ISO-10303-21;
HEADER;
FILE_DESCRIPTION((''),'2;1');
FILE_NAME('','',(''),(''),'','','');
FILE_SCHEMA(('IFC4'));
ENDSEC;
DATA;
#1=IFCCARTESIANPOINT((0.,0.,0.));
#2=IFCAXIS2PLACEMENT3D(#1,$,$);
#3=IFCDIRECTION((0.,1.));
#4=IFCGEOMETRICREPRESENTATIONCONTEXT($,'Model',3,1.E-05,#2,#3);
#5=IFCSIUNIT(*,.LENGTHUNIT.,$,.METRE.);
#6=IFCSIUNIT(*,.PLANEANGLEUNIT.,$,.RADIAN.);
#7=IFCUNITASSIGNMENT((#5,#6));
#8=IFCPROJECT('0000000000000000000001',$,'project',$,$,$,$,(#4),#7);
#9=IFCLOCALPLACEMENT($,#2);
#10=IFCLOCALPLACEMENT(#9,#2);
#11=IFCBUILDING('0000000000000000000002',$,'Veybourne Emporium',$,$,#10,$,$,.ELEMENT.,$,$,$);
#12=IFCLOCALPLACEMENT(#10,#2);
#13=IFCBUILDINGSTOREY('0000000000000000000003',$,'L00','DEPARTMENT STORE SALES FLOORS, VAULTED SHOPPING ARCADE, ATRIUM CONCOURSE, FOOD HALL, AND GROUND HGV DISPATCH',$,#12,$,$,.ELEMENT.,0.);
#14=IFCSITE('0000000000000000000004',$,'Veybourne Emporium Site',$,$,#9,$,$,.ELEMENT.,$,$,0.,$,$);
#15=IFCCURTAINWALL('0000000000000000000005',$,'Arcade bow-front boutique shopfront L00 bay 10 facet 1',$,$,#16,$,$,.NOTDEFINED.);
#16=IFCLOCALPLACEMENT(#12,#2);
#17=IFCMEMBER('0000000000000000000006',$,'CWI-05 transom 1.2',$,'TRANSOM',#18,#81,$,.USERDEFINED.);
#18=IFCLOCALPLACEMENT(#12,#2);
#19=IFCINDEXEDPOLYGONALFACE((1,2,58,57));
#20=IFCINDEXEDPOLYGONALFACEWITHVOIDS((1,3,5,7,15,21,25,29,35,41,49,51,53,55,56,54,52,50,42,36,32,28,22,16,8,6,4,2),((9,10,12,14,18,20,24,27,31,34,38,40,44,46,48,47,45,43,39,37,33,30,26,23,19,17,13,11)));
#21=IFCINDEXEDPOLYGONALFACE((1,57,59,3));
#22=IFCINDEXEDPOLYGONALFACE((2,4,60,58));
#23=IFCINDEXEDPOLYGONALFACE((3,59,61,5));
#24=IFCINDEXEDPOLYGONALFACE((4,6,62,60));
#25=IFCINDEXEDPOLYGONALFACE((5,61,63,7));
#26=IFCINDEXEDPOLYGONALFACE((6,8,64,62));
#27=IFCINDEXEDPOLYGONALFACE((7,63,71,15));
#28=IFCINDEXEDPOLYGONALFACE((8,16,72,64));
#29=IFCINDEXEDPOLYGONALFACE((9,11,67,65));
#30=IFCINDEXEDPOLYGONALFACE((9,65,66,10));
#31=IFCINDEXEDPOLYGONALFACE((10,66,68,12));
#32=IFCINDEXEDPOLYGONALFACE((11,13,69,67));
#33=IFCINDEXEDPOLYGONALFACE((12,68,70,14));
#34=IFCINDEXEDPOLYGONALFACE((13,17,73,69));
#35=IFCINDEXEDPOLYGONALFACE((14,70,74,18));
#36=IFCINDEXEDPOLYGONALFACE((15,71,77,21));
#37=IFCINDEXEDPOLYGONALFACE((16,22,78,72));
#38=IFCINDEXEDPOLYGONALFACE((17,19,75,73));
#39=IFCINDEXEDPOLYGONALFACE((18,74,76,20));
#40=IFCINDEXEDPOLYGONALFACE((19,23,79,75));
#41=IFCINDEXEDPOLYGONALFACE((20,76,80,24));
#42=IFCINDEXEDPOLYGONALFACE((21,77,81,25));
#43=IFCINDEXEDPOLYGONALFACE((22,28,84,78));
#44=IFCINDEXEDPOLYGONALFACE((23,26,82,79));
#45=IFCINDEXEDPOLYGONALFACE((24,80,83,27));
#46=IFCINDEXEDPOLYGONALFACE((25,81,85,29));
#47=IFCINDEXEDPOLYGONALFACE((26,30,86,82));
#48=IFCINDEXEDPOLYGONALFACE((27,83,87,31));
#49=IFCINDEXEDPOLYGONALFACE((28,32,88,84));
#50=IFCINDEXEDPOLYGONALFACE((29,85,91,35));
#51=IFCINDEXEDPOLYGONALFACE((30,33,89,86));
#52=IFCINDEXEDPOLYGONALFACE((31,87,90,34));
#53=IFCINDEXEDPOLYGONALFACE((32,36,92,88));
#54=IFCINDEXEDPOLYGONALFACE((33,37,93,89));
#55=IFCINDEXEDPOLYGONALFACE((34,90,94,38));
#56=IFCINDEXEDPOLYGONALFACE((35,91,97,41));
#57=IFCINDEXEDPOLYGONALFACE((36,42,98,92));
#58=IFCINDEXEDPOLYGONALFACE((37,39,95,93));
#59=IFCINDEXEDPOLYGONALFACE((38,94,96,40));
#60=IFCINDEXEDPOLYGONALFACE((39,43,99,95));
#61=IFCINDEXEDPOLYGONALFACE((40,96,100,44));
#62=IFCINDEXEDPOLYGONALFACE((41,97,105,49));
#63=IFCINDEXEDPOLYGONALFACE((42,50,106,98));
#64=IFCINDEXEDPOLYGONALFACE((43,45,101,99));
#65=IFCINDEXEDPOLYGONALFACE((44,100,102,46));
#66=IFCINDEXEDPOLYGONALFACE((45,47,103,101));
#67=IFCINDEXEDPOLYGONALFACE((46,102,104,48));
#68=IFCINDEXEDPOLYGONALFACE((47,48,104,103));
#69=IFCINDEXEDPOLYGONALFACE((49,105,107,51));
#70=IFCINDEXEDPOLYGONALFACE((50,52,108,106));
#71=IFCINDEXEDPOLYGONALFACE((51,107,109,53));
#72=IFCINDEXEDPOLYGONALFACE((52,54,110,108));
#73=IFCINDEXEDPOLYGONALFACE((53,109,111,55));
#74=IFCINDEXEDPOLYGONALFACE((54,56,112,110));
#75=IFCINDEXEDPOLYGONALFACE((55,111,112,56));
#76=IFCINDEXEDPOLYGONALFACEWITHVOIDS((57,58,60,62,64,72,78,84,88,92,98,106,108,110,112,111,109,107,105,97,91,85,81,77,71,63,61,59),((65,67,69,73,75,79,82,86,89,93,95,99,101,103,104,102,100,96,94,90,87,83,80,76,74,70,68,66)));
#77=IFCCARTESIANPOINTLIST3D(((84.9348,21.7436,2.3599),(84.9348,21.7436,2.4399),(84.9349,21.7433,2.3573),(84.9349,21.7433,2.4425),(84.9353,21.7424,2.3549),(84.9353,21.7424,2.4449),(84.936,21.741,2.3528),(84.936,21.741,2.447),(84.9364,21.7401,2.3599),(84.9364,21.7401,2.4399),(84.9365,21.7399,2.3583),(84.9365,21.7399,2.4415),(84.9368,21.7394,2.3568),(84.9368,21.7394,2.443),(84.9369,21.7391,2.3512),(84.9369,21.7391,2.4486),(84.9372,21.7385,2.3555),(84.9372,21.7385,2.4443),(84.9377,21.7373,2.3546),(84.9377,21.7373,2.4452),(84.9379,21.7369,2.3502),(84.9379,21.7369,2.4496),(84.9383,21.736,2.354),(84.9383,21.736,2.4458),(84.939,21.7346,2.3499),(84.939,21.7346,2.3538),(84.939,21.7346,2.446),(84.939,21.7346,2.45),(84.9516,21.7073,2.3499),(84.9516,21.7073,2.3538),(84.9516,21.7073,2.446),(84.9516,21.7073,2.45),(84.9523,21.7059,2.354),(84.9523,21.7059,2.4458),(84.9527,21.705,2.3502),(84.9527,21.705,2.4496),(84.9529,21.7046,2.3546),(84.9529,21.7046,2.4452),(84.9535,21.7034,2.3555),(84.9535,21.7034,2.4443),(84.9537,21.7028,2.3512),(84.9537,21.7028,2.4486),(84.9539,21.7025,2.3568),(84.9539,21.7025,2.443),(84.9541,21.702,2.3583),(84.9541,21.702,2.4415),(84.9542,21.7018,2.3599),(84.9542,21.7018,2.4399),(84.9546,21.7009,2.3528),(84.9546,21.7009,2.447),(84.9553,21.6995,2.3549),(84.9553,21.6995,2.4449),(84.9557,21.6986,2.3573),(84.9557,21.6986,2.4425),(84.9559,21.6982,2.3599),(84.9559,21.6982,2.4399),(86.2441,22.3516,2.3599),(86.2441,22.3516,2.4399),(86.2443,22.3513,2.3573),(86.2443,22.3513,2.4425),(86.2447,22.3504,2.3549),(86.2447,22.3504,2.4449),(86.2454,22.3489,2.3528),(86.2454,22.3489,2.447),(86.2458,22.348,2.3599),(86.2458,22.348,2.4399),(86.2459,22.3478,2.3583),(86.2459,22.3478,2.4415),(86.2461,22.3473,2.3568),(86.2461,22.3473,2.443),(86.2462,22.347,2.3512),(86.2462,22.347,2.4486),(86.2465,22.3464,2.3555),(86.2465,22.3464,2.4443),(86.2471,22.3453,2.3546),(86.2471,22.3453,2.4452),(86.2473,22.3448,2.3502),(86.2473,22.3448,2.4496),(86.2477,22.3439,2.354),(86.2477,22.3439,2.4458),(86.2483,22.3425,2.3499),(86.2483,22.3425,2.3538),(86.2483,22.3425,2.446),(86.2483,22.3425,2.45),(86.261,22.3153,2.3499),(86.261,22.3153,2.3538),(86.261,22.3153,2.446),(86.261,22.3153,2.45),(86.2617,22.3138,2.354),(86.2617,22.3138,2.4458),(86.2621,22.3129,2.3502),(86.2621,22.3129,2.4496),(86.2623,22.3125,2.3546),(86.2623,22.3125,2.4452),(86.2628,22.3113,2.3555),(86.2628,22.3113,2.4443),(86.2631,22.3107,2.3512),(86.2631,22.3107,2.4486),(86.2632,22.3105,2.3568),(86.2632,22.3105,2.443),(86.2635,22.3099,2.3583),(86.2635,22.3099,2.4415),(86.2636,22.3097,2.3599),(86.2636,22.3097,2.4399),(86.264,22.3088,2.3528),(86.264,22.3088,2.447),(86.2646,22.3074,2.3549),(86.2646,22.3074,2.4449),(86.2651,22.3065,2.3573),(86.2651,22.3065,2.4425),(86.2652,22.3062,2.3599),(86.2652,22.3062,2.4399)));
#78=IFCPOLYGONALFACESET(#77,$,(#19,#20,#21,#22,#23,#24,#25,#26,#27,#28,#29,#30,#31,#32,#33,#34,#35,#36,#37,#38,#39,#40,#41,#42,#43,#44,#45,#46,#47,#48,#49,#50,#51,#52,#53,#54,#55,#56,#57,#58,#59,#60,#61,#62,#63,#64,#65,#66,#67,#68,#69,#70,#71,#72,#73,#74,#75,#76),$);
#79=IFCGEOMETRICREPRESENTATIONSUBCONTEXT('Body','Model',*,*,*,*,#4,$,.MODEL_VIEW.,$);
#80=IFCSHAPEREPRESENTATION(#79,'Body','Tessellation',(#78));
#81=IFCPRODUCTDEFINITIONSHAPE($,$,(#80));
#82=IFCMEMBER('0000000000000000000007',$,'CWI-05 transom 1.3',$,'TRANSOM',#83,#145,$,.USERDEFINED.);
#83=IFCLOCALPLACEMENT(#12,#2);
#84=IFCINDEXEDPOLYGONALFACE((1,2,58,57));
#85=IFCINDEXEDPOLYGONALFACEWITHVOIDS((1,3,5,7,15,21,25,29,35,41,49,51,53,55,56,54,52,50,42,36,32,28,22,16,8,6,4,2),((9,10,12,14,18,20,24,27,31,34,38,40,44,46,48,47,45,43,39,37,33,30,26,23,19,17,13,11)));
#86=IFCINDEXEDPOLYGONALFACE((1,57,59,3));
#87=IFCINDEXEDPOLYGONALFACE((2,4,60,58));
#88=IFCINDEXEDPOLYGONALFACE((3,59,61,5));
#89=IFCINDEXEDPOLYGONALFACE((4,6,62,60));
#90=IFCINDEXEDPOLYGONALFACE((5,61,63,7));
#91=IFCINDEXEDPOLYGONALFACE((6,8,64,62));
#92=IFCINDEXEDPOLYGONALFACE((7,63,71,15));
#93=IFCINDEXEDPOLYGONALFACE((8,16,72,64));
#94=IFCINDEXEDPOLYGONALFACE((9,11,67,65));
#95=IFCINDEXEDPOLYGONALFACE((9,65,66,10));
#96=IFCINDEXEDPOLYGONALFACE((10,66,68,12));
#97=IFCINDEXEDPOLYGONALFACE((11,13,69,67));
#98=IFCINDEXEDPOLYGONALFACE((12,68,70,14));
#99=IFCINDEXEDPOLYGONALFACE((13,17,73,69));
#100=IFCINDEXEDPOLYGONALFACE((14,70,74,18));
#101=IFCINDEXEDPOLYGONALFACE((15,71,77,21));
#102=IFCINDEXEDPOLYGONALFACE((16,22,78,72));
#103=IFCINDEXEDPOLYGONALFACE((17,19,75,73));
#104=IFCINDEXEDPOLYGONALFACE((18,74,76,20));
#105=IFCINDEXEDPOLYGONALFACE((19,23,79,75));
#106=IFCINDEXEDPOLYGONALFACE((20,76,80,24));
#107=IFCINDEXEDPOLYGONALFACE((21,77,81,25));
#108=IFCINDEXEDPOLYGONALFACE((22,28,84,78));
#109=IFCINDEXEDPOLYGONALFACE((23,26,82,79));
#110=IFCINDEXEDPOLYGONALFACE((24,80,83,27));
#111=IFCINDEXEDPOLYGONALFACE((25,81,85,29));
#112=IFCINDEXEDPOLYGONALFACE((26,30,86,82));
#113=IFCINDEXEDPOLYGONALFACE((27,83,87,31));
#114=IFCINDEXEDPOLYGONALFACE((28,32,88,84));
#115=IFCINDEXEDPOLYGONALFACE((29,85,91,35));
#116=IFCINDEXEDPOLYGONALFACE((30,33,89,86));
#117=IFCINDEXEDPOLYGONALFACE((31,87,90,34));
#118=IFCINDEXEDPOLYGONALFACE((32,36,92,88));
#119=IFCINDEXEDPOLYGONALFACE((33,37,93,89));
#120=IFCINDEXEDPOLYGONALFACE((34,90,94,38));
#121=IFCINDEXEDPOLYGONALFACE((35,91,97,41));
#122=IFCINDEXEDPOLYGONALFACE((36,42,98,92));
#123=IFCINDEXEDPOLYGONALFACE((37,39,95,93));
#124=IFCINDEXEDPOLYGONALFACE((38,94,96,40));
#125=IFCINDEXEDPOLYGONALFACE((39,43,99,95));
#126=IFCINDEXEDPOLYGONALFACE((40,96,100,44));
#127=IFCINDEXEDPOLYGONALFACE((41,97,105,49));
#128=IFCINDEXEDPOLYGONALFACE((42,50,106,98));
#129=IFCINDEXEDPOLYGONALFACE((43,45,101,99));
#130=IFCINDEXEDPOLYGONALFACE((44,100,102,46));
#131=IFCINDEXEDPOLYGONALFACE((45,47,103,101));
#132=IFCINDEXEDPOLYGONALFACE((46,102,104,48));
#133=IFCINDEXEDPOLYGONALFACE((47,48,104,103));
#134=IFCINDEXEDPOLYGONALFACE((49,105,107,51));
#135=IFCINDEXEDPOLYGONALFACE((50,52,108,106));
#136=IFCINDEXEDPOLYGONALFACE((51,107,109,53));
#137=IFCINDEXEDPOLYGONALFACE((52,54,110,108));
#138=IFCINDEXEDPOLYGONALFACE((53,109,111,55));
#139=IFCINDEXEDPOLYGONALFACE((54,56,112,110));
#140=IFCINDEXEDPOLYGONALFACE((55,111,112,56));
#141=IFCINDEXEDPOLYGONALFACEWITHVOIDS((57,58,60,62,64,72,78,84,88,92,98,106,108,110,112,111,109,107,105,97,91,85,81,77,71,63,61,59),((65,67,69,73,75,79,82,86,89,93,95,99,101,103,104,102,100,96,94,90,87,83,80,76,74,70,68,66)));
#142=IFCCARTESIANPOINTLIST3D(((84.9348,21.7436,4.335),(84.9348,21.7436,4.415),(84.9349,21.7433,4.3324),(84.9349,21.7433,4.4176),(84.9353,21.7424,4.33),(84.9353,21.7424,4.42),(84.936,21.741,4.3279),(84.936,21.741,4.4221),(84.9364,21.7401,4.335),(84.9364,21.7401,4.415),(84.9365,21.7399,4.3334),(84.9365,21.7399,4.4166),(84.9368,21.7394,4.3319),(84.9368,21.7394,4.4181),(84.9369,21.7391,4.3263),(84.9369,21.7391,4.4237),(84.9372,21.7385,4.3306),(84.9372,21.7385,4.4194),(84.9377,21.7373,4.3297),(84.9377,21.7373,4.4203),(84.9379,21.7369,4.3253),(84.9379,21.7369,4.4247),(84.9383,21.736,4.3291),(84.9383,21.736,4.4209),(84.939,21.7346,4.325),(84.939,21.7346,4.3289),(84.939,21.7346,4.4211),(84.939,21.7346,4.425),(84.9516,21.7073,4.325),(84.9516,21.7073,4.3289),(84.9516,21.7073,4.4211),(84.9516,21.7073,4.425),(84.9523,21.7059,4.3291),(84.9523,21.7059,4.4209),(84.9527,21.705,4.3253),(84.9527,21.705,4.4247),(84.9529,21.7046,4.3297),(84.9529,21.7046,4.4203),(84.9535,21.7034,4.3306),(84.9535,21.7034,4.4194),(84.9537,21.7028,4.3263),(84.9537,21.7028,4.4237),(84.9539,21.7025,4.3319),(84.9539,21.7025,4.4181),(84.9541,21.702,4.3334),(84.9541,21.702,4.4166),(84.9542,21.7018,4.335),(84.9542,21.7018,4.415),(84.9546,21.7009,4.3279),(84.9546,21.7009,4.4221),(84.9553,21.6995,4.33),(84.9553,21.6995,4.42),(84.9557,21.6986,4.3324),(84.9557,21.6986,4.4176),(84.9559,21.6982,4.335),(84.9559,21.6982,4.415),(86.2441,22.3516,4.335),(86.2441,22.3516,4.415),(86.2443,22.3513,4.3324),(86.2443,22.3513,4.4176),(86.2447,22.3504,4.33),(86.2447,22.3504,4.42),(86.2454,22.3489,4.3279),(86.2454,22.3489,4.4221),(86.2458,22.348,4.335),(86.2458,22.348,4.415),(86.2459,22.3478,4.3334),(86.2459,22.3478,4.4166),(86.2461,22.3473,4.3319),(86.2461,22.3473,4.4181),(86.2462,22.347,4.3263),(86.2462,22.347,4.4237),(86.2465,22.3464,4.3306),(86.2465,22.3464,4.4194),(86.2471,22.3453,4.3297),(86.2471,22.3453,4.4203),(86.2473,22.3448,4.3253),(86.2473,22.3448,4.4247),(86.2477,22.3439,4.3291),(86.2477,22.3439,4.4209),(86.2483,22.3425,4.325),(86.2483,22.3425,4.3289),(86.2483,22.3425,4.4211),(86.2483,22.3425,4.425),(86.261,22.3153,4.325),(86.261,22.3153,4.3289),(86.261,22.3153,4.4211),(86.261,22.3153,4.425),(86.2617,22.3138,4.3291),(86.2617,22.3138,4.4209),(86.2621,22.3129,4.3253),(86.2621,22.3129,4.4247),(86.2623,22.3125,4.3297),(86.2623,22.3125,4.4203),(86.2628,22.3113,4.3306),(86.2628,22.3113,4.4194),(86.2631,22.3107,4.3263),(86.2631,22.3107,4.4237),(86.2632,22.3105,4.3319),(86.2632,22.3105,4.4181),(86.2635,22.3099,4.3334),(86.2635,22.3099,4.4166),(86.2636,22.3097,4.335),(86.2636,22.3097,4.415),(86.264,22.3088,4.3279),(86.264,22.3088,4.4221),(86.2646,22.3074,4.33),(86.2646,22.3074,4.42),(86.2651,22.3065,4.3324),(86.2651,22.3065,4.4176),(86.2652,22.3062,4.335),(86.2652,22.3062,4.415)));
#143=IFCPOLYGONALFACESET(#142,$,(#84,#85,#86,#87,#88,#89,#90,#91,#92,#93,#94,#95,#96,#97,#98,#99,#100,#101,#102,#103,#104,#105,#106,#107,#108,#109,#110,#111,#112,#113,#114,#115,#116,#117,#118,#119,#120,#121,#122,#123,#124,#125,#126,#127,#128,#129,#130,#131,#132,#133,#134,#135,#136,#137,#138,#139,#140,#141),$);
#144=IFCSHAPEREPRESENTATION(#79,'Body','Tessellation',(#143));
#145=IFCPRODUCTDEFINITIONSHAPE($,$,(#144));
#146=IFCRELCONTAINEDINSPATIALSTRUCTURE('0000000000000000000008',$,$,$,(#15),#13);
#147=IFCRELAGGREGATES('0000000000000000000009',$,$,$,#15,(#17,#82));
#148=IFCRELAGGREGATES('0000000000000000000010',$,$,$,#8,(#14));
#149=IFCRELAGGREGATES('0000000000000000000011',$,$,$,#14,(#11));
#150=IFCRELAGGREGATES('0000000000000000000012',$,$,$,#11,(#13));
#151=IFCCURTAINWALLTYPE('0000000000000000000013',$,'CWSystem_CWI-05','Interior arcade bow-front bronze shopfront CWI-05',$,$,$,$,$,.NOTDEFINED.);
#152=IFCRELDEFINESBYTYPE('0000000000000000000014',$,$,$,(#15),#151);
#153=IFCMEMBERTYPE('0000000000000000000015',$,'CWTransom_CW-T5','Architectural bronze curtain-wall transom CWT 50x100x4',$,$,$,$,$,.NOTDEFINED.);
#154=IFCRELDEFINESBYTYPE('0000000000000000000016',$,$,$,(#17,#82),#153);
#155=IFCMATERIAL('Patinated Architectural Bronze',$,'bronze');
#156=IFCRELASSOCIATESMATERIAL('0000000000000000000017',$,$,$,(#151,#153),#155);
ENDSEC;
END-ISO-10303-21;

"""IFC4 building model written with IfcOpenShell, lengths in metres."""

from ifc_helpers import new_model, si_unit, direction, frame, origin, origin_2d, place, context, subcontext, project, spatial, hollow_rectangle, extrude, material, material_profile, profile_set, type_object, element, aggregate, save


model = new_model("IFC4")

# Units and contexts
model_context = context("Model", 3, precision=1e-05, world=origin(), true_north=direction((0.0, 1.0)))
body_context = subcontext(model_context, "Body", "Model", "MODEL_VIEW")
ifc_project = project(units=[si_unit("LENGTHUNIT", "METRE"), si_unit("PLANEANGLEUNIT", "RADIAN")], contexts=[model_context])

# Site, building, storey
site_placement = place(None, origin())
site = spatial("IfcSite", under=ifc_project, at=site_placement, Name="Veybourne Emporium Site", CompositionType="ELEMENT", RefElevation=0.0)
building_placement = place(site_placement, origin())
building = spatial("IfcBuilding", under=site, at=building_placement, Name="Veybourne Emporium", CompositionType="ELEMENT")
storey_placement = place(building_placement, origin())
storey = spatial("IfcBuildingStorey", under=building, at=storey_placement, Name="L00", Description="DEPARTMENT STORE SALES FLOORS, VAULTED SHOPPING ARCADE, ATRIUM CONCOURSE, FOOD HALL, AND GROUND HGV DISPATCH", CompositionType="ELEMENT", Elevation=0.0)

# Shared definitions
ifc_material_1 = material(Name="Patinated Architectural Bronze", Category="bronze")
curtain_wall_type_1 = type_object("IfcCurtainWallType", Name="CWSystem_CWI-05", Description="Interior arcade bow-front bronze shopfront CWI-05", PredefinedType="NOTDEFINED", material=ifc_material_1)

# Curtain wall
curtain_wall_1_placement = place(storey_placement, origin())
curtain_wall_1 = element("IfcCurtainWall", 1, at=curtain_wall_1_placement, inside=storey, type_object=curtain_wall_type_1, Name="Arcade bow-front boutique shopfront L00 bay 10 facet 1", PredefinedType="NOTDEFINED")

# Members
ifc_material_profile_1 = material_profile(ifc_material_1, hollow_rectangle(XDim=0.05, YDim=0.1001, WallThickness=0.0039, InnerFilletRadius=0.0061, OuterFilletRadius=0.01, at=origin_2d()), Name="CWT 50x100x4")
ifc_profile_set_1 = profile_set([ifc_material_profile_1], Name="Patinated Architectural Bronze")
member_type_1 = type_object("IfcMemberType", Name="CWTransom_CW-T5", Description="Architectural bronze curtain-wall transom CWT 50x100x4", PredefinedType="NOTDEFINED", material=ifc_profile_set_1)
member_1_placement = place(storey_placement, frame((84.9453, 21.7209, 2.3999), z_axis=(0.907007, 0.421116, 0.0), x_axis=(-0.421116, 0.907007, 0.0)))
member_1 = element("IfcMember", 2, at=member_1_placement, type_object=member_type_1, Name="CWI-05 transom 1.2", ObjectType="TRANSOM", PredefinedType="USERDEFINED", context=body_context, shape_type="SweptSolid", body=[
    extrude(hollow_rectangle(XDim=0.05, YDim=0.1001, WallThickness=0.0039, InnerFilletRadius=0.0061, OuterFilletRadius=0.01, at=origin_2d()), origin(), (0.0, 0.0, 1.0), 1.4436),
])
member_2_placement = place(storey_placement, frame((84.9453, 21.7209, 4.375), z_axis=(0.907007, 0.421116, 0.0), x_axis=(-0.421116, 0.907007, 0.0)))
member_2 = element("IfcMember", 3, at=member_2_placement, type_object=member_type_1, Name="CWI-05 transom 1.3", ObjectType="TRANSOM", PredefinedType="USERDEFINED", context=body_context, shape_type="SweptSolid", body=[
    extrude(hollow_rectangle(XDim=0.05, YDim=0.1001, WallThickness=0.0039, InnerFilletRadius=0.0061, OuterFilletRadius=0.01, at=origin_2d()), origin(), (0.0, 0.0, 1.0), 1.4436),
])

aggregate(curtain_wall_1, [member_1, member_2])

save(model, "model.ifc")
